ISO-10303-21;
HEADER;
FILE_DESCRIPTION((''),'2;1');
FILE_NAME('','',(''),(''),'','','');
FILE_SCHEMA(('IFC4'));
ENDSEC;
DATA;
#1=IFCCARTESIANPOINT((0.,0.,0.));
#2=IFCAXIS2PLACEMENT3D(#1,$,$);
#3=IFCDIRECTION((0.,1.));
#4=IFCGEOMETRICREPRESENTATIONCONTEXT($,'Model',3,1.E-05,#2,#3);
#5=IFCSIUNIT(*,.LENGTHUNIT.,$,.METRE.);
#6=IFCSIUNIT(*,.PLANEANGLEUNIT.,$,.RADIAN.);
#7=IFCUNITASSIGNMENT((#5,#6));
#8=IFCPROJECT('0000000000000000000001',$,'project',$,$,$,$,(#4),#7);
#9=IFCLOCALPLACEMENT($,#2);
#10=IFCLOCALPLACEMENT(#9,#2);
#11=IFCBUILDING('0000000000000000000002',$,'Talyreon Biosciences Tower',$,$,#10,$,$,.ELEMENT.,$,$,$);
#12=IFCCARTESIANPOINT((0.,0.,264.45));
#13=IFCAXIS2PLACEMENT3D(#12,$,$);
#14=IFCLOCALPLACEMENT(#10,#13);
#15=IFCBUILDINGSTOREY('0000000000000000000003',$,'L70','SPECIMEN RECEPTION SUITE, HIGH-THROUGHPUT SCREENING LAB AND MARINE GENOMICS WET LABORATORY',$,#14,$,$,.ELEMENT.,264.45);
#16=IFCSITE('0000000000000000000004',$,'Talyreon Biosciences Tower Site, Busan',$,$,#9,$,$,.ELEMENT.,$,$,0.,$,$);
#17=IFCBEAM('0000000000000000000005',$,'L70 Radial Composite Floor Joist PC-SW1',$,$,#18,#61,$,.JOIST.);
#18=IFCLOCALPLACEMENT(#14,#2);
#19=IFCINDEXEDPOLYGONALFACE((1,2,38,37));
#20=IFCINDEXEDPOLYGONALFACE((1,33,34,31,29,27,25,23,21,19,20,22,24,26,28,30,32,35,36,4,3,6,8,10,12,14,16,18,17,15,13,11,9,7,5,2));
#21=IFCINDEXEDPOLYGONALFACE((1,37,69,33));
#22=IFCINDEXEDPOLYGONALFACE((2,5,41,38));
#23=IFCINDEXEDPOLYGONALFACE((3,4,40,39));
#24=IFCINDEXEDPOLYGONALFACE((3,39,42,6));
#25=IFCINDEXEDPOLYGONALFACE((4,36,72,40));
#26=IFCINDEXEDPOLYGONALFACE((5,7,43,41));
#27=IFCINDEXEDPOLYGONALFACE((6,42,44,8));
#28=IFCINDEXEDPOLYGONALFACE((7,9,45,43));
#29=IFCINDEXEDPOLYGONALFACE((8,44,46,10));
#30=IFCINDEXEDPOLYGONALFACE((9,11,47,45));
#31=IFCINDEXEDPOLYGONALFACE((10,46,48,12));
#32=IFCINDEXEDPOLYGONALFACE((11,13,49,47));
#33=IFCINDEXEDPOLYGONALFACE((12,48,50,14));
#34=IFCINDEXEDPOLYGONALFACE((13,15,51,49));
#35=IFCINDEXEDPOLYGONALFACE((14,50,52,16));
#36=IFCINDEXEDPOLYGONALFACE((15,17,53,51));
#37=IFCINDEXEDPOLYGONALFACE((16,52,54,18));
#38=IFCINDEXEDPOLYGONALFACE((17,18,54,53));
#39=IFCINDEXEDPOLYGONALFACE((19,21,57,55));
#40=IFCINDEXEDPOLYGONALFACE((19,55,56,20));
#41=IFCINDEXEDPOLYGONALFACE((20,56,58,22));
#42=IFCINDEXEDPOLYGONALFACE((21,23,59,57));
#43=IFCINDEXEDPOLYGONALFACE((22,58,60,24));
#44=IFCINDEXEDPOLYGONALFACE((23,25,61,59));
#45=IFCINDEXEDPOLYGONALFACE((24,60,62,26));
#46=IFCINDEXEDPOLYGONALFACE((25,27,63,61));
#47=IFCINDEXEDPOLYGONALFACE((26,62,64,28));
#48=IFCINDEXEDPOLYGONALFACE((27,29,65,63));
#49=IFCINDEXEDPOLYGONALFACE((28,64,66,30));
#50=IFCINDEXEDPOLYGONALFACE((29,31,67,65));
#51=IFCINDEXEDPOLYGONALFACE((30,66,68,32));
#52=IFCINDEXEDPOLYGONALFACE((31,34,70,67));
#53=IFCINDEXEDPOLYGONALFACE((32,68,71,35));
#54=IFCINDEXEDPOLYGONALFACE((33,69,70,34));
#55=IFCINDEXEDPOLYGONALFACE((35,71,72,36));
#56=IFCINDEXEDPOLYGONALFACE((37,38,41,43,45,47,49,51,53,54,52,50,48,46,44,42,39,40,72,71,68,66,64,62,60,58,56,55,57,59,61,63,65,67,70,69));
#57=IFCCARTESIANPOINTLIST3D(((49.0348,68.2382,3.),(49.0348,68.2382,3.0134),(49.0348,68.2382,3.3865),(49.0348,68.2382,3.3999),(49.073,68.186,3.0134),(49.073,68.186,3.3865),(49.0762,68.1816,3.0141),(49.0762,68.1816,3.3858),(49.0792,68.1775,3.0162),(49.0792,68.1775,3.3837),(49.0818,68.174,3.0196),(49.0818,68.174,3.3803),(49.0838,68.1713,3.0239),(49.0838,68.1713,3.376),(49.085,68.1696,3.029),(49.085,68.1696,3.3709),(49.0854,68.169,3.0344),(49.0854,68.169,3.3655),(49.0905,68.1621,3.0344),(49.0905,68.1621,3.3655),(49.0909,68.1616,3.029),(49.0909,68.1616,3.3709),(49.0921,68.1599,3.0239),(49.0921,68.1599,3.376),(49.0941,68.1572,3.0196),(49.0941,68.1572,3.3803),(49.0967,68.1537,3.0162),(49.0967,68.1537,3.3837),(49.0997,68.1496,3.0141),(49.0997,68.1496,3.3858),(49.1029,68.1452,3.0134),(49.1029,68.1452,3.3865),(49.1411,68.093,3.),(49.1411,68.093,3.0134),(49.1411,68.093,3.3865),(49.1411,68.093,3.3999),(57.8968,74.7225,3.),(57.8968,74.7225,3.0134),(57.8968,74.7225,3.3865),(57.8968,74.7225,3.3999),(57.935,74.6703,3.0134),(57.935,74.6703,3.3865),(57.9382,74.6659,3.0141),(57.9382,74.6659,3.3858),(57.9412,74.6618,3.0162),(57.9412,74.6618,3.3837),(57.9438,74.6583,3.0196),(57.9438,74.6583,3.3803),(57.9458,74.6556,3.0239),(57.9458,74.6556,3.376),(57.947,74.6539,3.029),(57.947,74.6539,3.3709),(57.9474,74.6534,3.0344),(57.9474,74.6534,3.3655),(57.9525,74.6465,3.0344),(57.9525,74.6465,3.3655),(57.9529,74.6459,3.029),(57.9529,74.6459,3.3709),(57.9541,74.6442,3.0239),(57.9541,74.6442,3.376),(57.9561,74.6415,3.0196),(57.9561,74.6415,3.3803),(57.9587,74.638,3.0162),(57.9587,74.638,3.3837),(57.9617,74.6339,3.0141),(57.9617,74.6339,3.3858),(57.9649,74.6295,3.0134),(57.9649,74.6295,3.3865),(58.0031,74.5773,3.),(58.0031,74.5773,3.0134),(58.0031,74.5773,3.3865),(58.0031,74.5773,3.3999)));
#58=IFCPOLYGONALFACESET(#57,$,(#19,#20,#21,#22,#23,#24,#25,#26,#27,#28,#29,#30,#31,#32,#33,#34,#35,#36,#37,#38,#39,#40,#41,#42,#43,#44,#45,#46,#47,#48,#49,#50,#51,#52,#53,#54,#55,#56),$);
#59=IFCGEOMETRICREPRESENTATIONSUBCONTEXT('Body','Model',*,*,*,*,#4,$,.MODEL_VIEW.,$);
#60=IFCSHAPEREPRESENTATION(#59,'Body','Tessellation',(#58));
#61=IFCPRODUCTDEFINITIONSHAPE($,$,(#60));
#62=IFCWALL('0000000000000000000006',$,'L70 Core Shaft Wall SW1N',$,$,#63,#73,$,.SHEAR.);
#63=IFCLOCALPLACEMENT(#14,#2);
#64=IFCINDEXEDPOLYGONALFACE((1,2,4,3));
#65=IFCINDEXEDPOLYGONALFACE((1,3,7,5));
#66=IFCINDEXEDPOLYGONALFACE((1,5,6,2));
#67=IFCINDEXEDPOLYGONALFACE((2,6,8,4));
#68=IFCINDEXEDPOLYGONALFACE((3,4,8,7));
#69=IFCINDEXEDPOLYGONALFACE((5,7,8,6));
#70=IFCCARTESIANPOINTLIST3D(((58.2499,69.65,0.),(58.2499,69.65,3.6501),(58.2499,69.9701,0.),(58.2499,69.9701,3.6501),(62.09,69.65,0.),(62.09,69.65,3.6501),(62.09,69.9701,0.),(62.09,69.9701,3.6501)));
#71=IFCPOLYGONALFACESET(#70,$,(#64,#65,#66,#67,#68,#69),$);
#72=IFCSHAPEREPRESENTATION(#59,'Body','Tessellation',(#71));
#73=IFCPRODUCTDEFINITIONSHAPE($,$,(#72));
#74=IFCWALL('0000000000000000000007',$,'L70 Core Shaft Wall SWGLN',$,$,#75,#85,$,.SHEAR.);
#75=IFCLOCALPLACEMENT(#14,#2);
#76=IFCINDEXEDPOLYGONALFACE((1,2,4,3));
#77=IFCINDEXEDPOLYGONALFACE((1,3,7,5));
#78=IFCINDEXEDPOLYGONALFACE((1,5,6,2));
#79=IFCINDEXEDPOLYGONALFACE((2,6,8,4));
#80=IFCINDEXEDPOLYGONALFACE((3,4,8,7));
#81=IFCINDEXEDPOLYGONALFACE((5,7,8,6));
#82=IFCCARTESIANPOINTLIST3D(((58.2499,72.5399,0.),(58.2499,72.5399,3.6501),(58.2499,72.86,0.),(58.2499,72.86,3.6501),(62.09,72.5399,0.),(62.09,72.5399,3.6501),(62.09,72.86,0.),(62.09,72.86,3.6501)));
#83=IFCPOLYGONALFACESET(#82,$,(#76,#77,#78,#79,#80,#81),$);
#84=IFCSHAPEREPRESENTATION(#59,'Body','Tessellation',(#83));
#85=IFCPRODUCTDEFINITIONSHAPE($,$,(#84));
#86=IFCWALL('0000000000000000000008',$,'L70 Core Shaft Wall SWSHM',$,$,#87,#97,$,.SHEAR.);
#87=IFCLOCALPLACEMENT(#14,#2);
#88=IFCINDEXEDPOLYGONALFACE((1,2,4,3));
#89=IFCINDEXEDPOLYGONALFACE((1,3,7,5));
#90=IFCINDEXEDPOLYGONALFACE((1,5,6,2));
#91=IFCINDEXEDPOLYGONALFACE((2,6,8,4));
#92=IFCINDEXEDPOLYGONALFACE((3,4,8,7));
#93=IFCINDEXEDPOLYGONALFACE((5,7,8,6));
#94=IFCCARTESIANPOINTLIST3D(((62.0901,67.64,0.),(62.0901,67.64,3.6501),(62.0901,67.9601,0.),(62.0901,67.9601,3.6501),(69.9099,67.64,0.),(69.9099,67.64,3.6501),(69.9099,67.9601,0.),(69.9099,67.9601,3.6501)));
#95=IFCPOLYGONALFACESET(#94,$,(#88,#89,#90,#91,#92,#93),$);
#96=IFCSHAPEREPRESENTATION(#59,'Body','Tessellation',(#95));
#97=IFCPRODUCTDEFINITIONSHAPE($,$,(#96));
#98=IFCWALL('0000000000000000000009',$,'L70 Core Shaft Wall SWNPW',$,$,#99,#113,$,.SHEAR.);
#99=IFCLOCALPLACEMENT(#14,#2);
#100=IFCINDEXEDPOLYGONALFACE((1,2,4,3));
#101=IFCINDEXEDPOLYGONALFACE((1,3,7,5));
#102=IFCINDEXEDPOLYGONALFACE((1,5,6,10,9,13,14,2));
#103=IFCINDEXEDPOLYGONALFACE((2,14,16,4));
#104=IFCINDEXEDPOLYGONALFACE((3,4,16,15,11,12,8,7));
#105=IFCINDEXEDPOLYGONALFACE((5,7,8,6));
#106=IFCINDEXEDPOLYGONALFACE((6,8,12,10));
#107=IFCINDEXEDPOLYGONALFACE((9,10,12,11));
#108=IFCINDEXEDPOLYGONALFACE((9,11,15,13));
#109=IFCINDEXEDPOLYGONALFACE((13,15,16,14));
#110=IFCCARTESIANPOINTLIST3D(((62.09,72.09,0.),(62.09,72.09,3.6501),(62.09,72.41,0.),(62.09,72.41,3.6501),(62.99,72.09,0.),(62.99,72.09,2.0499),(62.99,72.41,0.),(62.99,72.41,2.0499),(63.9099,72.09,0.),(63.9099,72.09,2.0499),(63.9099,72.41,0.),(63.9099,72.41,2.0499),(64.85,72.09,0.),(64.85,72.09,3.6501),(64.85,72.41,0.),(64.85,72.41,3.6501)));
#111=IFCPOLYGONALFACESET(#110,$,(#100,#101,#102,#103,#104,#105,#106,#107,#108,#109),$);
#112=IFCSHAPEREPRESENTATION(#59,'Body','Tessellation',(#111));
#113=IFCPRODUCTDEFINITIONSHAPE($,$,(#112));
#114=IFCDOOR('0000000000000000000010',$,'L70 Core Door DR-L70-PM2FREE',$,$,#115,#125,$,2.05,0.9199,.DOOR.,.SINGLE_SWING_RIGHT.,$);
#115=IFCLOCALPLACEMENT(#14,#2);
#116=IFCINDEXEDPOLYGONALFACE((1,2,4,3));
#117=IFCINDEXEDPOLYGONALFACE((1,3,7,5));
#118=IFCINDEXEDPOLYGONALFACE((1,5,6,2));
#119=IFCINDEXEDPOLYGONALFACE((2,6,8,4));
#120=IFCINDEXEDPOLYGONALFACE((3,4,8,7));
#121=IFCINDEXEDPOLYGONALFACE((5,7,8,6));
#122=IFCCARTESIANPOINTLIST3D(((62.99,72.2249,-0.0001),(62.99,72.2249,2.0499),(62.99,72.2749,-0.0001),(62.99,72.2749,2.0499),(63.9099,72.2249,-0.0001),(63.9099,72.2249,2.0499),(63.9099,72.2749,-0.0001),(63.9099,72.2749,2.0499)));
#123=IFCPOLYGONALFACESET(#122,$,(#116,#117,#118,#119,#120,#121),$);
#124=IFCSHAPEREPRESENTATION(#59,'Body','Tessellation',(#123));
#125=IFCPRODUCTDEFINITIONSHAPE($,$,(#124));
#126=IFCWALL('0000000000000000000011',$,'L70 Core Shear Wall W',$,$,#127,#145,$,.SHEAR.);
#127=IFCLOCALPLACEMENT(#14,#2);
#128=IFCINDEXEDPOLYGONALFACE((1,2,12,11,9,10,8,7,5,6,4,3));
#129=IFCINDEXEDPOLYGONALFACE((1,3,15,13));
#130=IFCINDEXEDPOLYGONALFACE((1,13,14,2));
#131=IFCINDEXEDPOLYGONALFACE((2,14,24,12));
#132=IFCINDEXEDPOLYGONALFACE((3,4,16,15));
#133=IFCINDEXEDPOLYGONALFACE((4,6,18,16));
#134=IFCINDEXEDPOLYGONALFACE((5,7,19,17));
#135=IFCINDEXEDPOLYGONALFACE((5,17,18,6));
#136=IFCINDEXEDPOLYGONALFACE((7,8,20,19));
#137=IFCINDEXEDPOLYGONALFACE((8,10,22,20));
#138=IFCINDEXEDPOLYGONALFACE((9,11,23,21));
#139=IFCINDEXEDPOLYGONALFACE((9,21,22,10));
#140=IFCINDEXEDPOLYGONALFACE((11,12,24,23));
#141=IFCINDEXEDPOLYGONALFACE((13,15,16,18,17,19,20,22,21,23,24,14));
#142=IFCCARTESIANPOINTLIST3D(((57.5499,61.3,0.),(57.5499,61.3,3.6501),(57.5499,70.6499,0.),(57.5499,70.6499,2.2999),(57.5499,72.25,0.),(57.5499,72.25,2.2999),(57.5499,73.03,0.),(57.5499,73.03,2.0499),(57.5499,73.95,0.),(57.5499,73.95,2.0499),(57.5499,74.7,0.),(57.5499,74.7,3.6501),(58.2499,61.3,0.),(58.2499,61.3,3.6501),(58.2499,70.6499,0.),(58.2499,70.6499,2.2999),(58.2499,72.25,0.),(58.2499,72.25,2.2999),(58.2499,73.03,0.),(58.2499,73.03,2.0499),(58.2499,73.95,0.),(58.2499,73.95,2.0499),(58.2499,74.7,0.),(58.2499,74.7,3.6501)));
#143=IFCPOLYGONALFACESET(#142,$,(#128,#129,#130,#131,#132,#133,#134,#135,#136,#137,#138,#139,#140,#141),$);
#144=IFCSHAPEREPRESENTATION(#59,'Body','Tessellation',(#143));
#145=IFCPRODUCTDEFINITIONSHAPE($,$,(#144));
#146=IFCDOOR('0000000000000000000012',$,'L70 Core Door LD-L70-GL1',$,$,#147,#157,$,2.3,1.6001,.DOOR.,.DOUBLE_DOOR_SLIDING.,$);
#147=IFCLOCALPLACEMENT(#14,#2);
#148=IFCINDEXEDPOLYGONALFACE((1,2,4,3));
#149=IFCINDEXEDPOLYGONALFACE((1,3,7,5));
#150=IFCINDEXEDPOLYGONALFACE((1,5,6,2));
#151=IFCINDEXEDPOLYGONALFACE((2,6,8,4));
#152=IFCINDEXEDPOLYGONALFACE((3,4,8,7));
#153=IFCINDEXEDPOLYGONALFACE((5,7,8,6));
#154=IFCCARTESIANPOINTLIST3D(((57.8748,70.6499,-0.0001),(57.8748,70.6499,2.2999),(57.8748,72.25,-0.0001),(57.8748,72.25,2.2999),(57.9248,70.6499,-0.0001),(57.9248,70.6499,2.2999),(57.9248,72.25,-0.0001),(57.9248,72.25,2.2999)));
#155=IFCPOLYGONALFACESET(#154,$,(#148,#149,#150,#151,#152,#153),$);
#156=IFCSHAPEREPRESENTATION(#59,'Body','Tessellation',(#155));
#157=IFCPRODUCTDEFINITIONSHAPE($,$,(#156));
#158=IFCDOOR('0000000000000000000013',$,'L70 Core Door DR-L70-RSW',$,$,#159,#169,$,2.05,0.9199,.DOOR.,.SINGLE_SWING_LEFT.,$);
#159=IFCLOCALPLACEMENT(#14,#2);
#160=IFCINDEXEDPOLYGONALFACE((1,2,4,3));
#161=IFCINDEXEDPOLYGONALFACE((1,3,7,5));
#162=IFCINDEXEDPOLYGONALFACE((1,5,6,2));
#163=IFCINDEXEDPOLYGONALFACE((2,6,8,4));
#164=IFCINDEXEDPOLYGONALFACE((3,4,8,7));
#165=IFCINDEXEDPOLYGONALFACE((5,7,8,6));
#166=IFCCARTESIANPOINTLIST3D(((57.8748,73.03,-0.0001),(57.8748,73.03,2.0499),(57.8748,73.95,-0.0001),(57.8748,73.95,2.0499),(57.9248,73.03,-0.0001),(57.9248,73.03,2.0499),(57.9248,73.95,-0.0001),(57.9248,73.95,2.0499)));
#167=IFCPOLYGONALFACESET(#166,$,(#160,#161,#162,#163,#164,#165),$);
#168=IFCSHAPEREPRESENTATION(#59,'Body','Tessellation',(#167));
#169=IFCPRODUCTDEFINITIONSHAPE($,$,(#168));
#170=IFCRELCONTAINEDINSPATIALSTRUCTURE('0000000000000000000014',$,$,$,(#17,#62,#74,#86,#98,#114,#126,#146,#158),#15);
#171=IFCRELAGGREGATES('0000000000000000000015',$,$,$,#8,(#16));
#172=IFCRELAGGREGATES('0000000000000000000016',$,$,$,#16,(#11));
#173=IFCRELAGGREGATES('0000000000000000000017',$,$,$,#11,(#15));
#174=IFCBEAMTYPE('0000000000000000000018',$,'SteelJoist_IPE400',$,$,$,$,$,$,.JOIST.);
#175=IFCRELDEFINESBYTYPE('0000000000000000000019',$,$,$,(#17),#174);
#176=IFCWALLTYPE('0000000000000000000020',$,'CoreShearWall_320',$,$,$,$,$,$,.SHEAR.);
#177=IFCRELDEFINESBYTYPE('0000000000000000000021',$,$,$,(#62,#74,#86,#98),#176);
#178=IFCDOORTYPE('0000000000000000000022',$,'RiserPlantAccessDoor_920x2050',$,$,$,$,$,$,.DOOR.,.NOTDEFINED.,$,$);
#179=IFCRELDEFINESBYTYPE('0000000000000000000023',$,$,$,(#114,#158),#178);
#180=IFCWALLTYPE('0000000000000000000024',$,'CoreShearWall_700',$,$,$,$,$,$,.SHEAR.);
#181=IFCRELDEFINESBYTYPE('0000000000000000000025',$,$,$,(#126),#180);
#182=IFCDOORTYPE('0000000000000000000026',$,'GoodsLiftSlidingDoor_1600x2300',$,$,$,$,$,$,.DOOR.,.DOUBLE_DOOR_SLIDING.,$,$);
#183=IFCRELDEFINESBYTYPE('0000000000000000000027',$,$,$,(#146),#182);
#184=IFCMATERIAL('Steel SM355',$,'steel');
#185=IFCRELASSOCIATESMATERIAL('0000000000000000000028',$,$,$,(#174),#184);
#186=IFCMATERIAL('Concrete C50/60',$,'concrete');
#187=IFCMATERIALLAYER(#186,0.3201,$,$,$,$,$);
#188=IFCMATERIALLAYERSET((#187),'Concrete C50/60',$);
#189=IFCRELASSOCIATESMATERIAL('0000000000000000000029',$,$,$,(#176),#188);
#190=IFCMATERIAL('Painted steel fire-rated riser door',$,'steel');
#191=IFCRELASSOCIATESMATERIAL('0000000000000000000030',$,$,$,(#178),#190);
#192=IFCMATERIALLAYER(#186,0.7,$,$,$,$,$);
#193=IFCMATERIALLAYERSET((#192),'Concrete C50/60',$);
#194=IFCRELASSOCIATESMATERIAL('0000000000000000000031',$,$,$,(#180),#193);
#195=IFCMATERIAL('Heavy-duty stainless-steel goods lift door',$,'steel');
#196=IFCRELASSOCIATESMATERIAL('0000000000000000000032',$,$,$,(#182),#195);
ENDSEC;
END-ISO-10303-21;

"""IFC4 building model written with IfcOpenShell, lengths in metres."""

from ifc_helpers import new_model, si_unit, direction, frame, frame_2d, origin, origin_2d, place, context, subcontext, project, spatial, rectangle, i_section, extrude, material, layer, layer_set, material_profile, profile_set, type_object, element, fill, save


model = new_model("IFC4")

# Units and contexts
model_context = context("Model", 3, precision=1e-05, world=origin(), true_north=direction((0.0, 1.0)))
body_context = subcontext(model_context, "Body", "Model", "MODEL_VIEW")
ifc_project = project(units=[si_unit("LENGTHUNIT", "METRE"), si_unit("PLANEANGLEUNIT", "RADIAN")], contexts=[model_context])

# Site, building, storey
site_placement = place(None, origin())
site = spatial("IfcSite", under=ifc_project, at=site_placement, Name="Talyreon Biosciences Tower Site, Busan", CompositionType="ELEMENT", RefElevation=0.0)
building_placement = place(site_placement, origin())
building = spatial("IfcBuilding", under=site, at=building_placement, Name="Talyreon Biosciences Tower", CompositionType="ELEMENT")
storey_placement = place(building_placement, frame((0.0, 0.0, 264.45)))
storey = spatial("IfcBuildingStorey", under=building, at=storey_placement, Name="L70", Description="SPECIMEN RECEPTION SUITE, HIGH-THROUGHPUT SCREENING LAB AND MARINE GENOMICS WET LABORATORY", CompositionType="ELEMENT", Elevation=264.45)

# Shared definitions
ifc_material_1 = material(Name="Concrete C50/60", Category="concrete")

# Beam
ifc_material_2 = material(Name="Steel SM355", Category="steel")
ifc_material_profile_1 = material_profile(ifc_material_2, i_section(OverallWidth=0.1799, OverallDepth=0.3999, WebThickness=0.0085, FlangeThickness=0.0134, FilletRadius=0.021, at=origin_2d()), Name="IPE400")
ifc_profile_set_1 = profile_set([ifc_material_profile_1], Name="Steel SM355")
beam_type_1 = type_object("IfcBeamType", Name="SteelJoist_IPE400", PredefinedType="JOIST", material=ifc_profile_set_1)
beam_1_placement = place(storey_placement, frame((57.95, 74.6499, 3.2), z_axis=(-0.807033, -0.590506, 0.0), x_axis=(0.590506, -0.807033, 0.0)))
element("IfcBeam", 1, at=beam_1_placement, inside=storey, type_object=beam_type_1, Name="L70 Radial Composite Floor Joist PC-SW1", PredefinedType="JOIST", context=body_context, shape_type="SweptSolid", body=[
    extrude(i_section(OverallWidth=0.1799, OverallDepth=0.3999, WebThickness=0.0085, FlangeThickness=0.0134, FilletRadius=0.021, at=origin_2d()), origin(), (0.0, 0.0, 1.0), 10.981),
])

# Walls
ifc_layer_1 = layer(ifc_material_1, 0.3201)
ifc_layer_set_1 = layer_set([ifc_layer_1], Name="Concrete C50/60")
wall_type_1 = type_object("IfcWallType", Name="CoreShearWall_320", PredefinedType="SHEAR", material=ifc_layer_set_1)
for number, where, z_axis, x_axis, name in (
    (2, (58.25, 69.8101, 0.0), (0.0, 0.0, 1.0), (1.0, 0.0, 0.0), "L70 Core Shaft Wall SW1N"),
    (3, (58.25, 72.7, 0.0), (0.0, 0.0, 1.0), (1.0, 0.0, 0.0), "L70 Core Shaft Wall SWGLN"),
):
    element("IfcWall", number, at=place(storey_placement, frame(where, z_axis=z_axis, x_axis=x_axis)), inside=storey, type_object=wall_type_1, Name=name, PredefinedType="SHEAR", context=body_context, shape_type="SweptSolid", body=[
        extrude(rectangle(XDim=3.8401, YDim=0.3201, at=frame_2d((1.9199, 0.0))), origin(), (0.0, 0.0, 1.0), 3.6501),
    ])
wall_1_placement = place(storey_placement, frame((62.0901, 67.8, 0.0), z_axis=(0.0, 0.0, 1.0), x_axis=(1.0, 0.0, 0.0)))
element("IfcWall", 4, at=wall_1_placement, inside=storey, type_object=wall_type_1, Name="L70 Core Shaft Wall SWSHM", PredefinedType="SHEAR", context=body_context, shape_type="SweptSolid", body=[
    extrude(rectangle(XDim=7.8198, YDim=0.3201, at=frame_2d((3.9099, 0.0))), origin(), (0.0, 0.0, 1.0), 3.6501),
])

# Wall, opening, door
wall_2_placement = place(storey_placement, frame((62.0901, 72.25, 0.0), z_axis=(0.0, 0.0, 1.0), x_axis=(1.0, 0.0, 0.0)))
wall_2 = element("IfcWall", 5, at=wall_2_placement, inside=storey, type_object=wall_type_1, Name="L70 Core Shaft Wall SWNPW", PredefinedType="SHEAR", context=body_context, shape_type="SweptSolid", body=[
    extrude(rectangle(XDim=2.76, YDim=0.3201, at=frame_2d((1.3799, 0.0))), origin(), (0.0, 0.0, 1.0), 3.6501),
])
opening_1_placement = place(wall_2_placement, frame((0.8999, 0.0, 0.0)))
opening_1 = element("IfcOpeningElement", 6, at=opening_1_placement, cuts=wall_2, PredefinedType="OPENING", context=body_context, shape_type="SweptSolid", body=[
    extrude(rectangle(XDim=0.9199, YDim=2.05, at=frame_2d((0.46, 1.0249))), frame((0.0, 0.1699, 0.0), z_axis=(0.0, -1.0, 0.0), x_axis=(1.0, 0.0, 0.0)), (0.0, 0.0, 1.0), 0.3401),
])
ifc_material_3 = material(Name="Painted steel fire-rated riser door", Category="steel")
door_type_1 = type_object("IfcDoorType", Name="RiserPlantAccessDoor_920x2050", OperationType="NOTDEFINED", PredefinedType="DOOR", material=ifc_material_3)
door_1_placement = place(opening_1_placement, origin())
door_1 = element("IfcDoor", 7, at=door_1_placement, inside=storey, type_object=door_type_1, Name="L70 Core Door DR-L70-PM2FREE", OperationType="SINGLE_SWING_RIGHT", OverallHeight=2.05, OverallWidth=0.9199, PredefinedType="DOOR", context=body_context, shape_type="SweptSolid", body=[
    extrude(rectangle(XDim=0.9199, YDim=2.05, at=frame_2d((0.46, 1.0249))), frame((0.0, 0.0249, 0.0), z_axis=(0.0, -1.0, 0.0), x_axis=(1.0, 0.0, 0.0)), (0.0, 0.0, 1.0), 0.05),
])
fill(opening_1, door_1)

# Wall, openings, doors
ifc_layer_2 = layer(ifc_material_1, 0.7)
ifc_layer_set_2 = layer_set([ifc_layer_2], Name="Concrete C50/60")
wall_type_2 = type_object("IfcWallType", Name="CoreShearWall_700", PredefinedType="SHEAR", material=ifc_layer_set_2)
wall_3_placement = place(storey_placement, frame((57.8999, 74.7, 0.0), z_axis=(0.0, 0.0, 1.0), x_axis=(0.0, -1.0, 0.0)))
wall_3 = element("IfcWall", 8, at=wall_3_placement, inside=storey, type_object=wall_type_2, Name="L70 Core Shear Wall W", PredefinedType="SHEAR", context=body_context, shape_type="SweptSolid", body=[
    extrude(rectangle(XDim=13.3999, YDim=0.7, at=frame_2d((6.7, 0.0))), origin(), (0.0, 0.0, 1.0), 3.6501),
])
opening_2_placement = place(wall_3_placement, frame((0.75, 0.0, 0.0)))
opening_2 = element("IfcOpeningElement", 9, at=opening_2_placement, cuts=wall_3, PredefinedType="OPENING", context=body_context, shape_type="SweptSolid", body=[
    extrude(rectangle(XDim=0.9199, YDim=2.05, at=frame_2d((0.46, 1.0249))), frame((0.0, 0.3599, 0.0), z_axis=(0.0, -1.0, 0.0), x_axis=(1.0, 0.0, 0.0)), (0.0, 0.0, 1.0), 0.72),
])
opening_3_placement = place(wall_3_placement, frame((2.45, 0.0, 0.0)))
opening_3 = element("IfcOpeningElement", 10, at=opening_3_placement, cuts=wall_3, PredefinedType="OPENING", context=body_context, shape_type="SweptSolid", body=[
    extrude(rectangle(XDim=1.6001, YDim=2.3, at=frame_2d((0.8, 1.1499))), frame((0.0, 0.3599, 0.0), z_axis=(0.0, -1.0, 0.0), x_axis=(1.0, 0.0, 0.0)), (0.0, 0.0, 1.0), 0.72),
])
ifc_material_4 = material(Name="Heavy-duty stainless-steel goods lift door", Category="steel")
door_type_2 = type_object("IfcDoorType", Name="GoodsLiftSlidingDoor_1600x2300", OperationType="DOUBLE_DOOR_SLIDING", PredefinedType="DOOR", material=ifc_material_4)
door_2_placement = place(opening_3_placement, origin())
door_2 = element("IfcDoor", 11, at=door_2_placement, inside=storey, type_object=door_type_2, Name="L70 Core Door LD-L70-GL1", OperationType="DOUBLE_DOOR_SLIDING", OverallHeight=2.3, OverallWidth=1.6001, PredefinedType="DOOR", context=body_context, shape_type="SweptSolid", body=[
    extrude(rectangle(XDim=1.6001, YDim=2.3, at=frame_2d((0.8, 1.1499))), frame((0.0, 0.0249, 0.0), z_axis=(0.0, -1.0, 0.0), x_axis=(1.0, 0.0, 0.0)), (0.0, 0.0, 1.0), 0.05),
])
fill(opening_3, door_2)
door_3_placement = place(opening_2_placement, origin())
door_3 = element("IfcDoor", 12, at=door_3_placement, inside=storey, type_object=door_type_1, Name="L70 Core Door DR-L70-RSW", OperationType="SINGLE_SWING_LEFT", OverallHeight=2.05, OverallWidth=0.9199, PredefinedType="DOOR", context=body_context, shape_type="SweptSolid", body=[
    extrude(rectangle(XDim=0.9199, YDim=2.05, at=frame_2d((0.46, 1.0249))), frame((0.0, 0.0249, 0.0), z_axis=(0.0, -1.0, 0.0), x_axis=(1.0, 0.0, 0.0)), (0.0, 0.0, 1.0), 0.05),
])
fill(opening_2, door_3)

save(model, "model.ifc")
